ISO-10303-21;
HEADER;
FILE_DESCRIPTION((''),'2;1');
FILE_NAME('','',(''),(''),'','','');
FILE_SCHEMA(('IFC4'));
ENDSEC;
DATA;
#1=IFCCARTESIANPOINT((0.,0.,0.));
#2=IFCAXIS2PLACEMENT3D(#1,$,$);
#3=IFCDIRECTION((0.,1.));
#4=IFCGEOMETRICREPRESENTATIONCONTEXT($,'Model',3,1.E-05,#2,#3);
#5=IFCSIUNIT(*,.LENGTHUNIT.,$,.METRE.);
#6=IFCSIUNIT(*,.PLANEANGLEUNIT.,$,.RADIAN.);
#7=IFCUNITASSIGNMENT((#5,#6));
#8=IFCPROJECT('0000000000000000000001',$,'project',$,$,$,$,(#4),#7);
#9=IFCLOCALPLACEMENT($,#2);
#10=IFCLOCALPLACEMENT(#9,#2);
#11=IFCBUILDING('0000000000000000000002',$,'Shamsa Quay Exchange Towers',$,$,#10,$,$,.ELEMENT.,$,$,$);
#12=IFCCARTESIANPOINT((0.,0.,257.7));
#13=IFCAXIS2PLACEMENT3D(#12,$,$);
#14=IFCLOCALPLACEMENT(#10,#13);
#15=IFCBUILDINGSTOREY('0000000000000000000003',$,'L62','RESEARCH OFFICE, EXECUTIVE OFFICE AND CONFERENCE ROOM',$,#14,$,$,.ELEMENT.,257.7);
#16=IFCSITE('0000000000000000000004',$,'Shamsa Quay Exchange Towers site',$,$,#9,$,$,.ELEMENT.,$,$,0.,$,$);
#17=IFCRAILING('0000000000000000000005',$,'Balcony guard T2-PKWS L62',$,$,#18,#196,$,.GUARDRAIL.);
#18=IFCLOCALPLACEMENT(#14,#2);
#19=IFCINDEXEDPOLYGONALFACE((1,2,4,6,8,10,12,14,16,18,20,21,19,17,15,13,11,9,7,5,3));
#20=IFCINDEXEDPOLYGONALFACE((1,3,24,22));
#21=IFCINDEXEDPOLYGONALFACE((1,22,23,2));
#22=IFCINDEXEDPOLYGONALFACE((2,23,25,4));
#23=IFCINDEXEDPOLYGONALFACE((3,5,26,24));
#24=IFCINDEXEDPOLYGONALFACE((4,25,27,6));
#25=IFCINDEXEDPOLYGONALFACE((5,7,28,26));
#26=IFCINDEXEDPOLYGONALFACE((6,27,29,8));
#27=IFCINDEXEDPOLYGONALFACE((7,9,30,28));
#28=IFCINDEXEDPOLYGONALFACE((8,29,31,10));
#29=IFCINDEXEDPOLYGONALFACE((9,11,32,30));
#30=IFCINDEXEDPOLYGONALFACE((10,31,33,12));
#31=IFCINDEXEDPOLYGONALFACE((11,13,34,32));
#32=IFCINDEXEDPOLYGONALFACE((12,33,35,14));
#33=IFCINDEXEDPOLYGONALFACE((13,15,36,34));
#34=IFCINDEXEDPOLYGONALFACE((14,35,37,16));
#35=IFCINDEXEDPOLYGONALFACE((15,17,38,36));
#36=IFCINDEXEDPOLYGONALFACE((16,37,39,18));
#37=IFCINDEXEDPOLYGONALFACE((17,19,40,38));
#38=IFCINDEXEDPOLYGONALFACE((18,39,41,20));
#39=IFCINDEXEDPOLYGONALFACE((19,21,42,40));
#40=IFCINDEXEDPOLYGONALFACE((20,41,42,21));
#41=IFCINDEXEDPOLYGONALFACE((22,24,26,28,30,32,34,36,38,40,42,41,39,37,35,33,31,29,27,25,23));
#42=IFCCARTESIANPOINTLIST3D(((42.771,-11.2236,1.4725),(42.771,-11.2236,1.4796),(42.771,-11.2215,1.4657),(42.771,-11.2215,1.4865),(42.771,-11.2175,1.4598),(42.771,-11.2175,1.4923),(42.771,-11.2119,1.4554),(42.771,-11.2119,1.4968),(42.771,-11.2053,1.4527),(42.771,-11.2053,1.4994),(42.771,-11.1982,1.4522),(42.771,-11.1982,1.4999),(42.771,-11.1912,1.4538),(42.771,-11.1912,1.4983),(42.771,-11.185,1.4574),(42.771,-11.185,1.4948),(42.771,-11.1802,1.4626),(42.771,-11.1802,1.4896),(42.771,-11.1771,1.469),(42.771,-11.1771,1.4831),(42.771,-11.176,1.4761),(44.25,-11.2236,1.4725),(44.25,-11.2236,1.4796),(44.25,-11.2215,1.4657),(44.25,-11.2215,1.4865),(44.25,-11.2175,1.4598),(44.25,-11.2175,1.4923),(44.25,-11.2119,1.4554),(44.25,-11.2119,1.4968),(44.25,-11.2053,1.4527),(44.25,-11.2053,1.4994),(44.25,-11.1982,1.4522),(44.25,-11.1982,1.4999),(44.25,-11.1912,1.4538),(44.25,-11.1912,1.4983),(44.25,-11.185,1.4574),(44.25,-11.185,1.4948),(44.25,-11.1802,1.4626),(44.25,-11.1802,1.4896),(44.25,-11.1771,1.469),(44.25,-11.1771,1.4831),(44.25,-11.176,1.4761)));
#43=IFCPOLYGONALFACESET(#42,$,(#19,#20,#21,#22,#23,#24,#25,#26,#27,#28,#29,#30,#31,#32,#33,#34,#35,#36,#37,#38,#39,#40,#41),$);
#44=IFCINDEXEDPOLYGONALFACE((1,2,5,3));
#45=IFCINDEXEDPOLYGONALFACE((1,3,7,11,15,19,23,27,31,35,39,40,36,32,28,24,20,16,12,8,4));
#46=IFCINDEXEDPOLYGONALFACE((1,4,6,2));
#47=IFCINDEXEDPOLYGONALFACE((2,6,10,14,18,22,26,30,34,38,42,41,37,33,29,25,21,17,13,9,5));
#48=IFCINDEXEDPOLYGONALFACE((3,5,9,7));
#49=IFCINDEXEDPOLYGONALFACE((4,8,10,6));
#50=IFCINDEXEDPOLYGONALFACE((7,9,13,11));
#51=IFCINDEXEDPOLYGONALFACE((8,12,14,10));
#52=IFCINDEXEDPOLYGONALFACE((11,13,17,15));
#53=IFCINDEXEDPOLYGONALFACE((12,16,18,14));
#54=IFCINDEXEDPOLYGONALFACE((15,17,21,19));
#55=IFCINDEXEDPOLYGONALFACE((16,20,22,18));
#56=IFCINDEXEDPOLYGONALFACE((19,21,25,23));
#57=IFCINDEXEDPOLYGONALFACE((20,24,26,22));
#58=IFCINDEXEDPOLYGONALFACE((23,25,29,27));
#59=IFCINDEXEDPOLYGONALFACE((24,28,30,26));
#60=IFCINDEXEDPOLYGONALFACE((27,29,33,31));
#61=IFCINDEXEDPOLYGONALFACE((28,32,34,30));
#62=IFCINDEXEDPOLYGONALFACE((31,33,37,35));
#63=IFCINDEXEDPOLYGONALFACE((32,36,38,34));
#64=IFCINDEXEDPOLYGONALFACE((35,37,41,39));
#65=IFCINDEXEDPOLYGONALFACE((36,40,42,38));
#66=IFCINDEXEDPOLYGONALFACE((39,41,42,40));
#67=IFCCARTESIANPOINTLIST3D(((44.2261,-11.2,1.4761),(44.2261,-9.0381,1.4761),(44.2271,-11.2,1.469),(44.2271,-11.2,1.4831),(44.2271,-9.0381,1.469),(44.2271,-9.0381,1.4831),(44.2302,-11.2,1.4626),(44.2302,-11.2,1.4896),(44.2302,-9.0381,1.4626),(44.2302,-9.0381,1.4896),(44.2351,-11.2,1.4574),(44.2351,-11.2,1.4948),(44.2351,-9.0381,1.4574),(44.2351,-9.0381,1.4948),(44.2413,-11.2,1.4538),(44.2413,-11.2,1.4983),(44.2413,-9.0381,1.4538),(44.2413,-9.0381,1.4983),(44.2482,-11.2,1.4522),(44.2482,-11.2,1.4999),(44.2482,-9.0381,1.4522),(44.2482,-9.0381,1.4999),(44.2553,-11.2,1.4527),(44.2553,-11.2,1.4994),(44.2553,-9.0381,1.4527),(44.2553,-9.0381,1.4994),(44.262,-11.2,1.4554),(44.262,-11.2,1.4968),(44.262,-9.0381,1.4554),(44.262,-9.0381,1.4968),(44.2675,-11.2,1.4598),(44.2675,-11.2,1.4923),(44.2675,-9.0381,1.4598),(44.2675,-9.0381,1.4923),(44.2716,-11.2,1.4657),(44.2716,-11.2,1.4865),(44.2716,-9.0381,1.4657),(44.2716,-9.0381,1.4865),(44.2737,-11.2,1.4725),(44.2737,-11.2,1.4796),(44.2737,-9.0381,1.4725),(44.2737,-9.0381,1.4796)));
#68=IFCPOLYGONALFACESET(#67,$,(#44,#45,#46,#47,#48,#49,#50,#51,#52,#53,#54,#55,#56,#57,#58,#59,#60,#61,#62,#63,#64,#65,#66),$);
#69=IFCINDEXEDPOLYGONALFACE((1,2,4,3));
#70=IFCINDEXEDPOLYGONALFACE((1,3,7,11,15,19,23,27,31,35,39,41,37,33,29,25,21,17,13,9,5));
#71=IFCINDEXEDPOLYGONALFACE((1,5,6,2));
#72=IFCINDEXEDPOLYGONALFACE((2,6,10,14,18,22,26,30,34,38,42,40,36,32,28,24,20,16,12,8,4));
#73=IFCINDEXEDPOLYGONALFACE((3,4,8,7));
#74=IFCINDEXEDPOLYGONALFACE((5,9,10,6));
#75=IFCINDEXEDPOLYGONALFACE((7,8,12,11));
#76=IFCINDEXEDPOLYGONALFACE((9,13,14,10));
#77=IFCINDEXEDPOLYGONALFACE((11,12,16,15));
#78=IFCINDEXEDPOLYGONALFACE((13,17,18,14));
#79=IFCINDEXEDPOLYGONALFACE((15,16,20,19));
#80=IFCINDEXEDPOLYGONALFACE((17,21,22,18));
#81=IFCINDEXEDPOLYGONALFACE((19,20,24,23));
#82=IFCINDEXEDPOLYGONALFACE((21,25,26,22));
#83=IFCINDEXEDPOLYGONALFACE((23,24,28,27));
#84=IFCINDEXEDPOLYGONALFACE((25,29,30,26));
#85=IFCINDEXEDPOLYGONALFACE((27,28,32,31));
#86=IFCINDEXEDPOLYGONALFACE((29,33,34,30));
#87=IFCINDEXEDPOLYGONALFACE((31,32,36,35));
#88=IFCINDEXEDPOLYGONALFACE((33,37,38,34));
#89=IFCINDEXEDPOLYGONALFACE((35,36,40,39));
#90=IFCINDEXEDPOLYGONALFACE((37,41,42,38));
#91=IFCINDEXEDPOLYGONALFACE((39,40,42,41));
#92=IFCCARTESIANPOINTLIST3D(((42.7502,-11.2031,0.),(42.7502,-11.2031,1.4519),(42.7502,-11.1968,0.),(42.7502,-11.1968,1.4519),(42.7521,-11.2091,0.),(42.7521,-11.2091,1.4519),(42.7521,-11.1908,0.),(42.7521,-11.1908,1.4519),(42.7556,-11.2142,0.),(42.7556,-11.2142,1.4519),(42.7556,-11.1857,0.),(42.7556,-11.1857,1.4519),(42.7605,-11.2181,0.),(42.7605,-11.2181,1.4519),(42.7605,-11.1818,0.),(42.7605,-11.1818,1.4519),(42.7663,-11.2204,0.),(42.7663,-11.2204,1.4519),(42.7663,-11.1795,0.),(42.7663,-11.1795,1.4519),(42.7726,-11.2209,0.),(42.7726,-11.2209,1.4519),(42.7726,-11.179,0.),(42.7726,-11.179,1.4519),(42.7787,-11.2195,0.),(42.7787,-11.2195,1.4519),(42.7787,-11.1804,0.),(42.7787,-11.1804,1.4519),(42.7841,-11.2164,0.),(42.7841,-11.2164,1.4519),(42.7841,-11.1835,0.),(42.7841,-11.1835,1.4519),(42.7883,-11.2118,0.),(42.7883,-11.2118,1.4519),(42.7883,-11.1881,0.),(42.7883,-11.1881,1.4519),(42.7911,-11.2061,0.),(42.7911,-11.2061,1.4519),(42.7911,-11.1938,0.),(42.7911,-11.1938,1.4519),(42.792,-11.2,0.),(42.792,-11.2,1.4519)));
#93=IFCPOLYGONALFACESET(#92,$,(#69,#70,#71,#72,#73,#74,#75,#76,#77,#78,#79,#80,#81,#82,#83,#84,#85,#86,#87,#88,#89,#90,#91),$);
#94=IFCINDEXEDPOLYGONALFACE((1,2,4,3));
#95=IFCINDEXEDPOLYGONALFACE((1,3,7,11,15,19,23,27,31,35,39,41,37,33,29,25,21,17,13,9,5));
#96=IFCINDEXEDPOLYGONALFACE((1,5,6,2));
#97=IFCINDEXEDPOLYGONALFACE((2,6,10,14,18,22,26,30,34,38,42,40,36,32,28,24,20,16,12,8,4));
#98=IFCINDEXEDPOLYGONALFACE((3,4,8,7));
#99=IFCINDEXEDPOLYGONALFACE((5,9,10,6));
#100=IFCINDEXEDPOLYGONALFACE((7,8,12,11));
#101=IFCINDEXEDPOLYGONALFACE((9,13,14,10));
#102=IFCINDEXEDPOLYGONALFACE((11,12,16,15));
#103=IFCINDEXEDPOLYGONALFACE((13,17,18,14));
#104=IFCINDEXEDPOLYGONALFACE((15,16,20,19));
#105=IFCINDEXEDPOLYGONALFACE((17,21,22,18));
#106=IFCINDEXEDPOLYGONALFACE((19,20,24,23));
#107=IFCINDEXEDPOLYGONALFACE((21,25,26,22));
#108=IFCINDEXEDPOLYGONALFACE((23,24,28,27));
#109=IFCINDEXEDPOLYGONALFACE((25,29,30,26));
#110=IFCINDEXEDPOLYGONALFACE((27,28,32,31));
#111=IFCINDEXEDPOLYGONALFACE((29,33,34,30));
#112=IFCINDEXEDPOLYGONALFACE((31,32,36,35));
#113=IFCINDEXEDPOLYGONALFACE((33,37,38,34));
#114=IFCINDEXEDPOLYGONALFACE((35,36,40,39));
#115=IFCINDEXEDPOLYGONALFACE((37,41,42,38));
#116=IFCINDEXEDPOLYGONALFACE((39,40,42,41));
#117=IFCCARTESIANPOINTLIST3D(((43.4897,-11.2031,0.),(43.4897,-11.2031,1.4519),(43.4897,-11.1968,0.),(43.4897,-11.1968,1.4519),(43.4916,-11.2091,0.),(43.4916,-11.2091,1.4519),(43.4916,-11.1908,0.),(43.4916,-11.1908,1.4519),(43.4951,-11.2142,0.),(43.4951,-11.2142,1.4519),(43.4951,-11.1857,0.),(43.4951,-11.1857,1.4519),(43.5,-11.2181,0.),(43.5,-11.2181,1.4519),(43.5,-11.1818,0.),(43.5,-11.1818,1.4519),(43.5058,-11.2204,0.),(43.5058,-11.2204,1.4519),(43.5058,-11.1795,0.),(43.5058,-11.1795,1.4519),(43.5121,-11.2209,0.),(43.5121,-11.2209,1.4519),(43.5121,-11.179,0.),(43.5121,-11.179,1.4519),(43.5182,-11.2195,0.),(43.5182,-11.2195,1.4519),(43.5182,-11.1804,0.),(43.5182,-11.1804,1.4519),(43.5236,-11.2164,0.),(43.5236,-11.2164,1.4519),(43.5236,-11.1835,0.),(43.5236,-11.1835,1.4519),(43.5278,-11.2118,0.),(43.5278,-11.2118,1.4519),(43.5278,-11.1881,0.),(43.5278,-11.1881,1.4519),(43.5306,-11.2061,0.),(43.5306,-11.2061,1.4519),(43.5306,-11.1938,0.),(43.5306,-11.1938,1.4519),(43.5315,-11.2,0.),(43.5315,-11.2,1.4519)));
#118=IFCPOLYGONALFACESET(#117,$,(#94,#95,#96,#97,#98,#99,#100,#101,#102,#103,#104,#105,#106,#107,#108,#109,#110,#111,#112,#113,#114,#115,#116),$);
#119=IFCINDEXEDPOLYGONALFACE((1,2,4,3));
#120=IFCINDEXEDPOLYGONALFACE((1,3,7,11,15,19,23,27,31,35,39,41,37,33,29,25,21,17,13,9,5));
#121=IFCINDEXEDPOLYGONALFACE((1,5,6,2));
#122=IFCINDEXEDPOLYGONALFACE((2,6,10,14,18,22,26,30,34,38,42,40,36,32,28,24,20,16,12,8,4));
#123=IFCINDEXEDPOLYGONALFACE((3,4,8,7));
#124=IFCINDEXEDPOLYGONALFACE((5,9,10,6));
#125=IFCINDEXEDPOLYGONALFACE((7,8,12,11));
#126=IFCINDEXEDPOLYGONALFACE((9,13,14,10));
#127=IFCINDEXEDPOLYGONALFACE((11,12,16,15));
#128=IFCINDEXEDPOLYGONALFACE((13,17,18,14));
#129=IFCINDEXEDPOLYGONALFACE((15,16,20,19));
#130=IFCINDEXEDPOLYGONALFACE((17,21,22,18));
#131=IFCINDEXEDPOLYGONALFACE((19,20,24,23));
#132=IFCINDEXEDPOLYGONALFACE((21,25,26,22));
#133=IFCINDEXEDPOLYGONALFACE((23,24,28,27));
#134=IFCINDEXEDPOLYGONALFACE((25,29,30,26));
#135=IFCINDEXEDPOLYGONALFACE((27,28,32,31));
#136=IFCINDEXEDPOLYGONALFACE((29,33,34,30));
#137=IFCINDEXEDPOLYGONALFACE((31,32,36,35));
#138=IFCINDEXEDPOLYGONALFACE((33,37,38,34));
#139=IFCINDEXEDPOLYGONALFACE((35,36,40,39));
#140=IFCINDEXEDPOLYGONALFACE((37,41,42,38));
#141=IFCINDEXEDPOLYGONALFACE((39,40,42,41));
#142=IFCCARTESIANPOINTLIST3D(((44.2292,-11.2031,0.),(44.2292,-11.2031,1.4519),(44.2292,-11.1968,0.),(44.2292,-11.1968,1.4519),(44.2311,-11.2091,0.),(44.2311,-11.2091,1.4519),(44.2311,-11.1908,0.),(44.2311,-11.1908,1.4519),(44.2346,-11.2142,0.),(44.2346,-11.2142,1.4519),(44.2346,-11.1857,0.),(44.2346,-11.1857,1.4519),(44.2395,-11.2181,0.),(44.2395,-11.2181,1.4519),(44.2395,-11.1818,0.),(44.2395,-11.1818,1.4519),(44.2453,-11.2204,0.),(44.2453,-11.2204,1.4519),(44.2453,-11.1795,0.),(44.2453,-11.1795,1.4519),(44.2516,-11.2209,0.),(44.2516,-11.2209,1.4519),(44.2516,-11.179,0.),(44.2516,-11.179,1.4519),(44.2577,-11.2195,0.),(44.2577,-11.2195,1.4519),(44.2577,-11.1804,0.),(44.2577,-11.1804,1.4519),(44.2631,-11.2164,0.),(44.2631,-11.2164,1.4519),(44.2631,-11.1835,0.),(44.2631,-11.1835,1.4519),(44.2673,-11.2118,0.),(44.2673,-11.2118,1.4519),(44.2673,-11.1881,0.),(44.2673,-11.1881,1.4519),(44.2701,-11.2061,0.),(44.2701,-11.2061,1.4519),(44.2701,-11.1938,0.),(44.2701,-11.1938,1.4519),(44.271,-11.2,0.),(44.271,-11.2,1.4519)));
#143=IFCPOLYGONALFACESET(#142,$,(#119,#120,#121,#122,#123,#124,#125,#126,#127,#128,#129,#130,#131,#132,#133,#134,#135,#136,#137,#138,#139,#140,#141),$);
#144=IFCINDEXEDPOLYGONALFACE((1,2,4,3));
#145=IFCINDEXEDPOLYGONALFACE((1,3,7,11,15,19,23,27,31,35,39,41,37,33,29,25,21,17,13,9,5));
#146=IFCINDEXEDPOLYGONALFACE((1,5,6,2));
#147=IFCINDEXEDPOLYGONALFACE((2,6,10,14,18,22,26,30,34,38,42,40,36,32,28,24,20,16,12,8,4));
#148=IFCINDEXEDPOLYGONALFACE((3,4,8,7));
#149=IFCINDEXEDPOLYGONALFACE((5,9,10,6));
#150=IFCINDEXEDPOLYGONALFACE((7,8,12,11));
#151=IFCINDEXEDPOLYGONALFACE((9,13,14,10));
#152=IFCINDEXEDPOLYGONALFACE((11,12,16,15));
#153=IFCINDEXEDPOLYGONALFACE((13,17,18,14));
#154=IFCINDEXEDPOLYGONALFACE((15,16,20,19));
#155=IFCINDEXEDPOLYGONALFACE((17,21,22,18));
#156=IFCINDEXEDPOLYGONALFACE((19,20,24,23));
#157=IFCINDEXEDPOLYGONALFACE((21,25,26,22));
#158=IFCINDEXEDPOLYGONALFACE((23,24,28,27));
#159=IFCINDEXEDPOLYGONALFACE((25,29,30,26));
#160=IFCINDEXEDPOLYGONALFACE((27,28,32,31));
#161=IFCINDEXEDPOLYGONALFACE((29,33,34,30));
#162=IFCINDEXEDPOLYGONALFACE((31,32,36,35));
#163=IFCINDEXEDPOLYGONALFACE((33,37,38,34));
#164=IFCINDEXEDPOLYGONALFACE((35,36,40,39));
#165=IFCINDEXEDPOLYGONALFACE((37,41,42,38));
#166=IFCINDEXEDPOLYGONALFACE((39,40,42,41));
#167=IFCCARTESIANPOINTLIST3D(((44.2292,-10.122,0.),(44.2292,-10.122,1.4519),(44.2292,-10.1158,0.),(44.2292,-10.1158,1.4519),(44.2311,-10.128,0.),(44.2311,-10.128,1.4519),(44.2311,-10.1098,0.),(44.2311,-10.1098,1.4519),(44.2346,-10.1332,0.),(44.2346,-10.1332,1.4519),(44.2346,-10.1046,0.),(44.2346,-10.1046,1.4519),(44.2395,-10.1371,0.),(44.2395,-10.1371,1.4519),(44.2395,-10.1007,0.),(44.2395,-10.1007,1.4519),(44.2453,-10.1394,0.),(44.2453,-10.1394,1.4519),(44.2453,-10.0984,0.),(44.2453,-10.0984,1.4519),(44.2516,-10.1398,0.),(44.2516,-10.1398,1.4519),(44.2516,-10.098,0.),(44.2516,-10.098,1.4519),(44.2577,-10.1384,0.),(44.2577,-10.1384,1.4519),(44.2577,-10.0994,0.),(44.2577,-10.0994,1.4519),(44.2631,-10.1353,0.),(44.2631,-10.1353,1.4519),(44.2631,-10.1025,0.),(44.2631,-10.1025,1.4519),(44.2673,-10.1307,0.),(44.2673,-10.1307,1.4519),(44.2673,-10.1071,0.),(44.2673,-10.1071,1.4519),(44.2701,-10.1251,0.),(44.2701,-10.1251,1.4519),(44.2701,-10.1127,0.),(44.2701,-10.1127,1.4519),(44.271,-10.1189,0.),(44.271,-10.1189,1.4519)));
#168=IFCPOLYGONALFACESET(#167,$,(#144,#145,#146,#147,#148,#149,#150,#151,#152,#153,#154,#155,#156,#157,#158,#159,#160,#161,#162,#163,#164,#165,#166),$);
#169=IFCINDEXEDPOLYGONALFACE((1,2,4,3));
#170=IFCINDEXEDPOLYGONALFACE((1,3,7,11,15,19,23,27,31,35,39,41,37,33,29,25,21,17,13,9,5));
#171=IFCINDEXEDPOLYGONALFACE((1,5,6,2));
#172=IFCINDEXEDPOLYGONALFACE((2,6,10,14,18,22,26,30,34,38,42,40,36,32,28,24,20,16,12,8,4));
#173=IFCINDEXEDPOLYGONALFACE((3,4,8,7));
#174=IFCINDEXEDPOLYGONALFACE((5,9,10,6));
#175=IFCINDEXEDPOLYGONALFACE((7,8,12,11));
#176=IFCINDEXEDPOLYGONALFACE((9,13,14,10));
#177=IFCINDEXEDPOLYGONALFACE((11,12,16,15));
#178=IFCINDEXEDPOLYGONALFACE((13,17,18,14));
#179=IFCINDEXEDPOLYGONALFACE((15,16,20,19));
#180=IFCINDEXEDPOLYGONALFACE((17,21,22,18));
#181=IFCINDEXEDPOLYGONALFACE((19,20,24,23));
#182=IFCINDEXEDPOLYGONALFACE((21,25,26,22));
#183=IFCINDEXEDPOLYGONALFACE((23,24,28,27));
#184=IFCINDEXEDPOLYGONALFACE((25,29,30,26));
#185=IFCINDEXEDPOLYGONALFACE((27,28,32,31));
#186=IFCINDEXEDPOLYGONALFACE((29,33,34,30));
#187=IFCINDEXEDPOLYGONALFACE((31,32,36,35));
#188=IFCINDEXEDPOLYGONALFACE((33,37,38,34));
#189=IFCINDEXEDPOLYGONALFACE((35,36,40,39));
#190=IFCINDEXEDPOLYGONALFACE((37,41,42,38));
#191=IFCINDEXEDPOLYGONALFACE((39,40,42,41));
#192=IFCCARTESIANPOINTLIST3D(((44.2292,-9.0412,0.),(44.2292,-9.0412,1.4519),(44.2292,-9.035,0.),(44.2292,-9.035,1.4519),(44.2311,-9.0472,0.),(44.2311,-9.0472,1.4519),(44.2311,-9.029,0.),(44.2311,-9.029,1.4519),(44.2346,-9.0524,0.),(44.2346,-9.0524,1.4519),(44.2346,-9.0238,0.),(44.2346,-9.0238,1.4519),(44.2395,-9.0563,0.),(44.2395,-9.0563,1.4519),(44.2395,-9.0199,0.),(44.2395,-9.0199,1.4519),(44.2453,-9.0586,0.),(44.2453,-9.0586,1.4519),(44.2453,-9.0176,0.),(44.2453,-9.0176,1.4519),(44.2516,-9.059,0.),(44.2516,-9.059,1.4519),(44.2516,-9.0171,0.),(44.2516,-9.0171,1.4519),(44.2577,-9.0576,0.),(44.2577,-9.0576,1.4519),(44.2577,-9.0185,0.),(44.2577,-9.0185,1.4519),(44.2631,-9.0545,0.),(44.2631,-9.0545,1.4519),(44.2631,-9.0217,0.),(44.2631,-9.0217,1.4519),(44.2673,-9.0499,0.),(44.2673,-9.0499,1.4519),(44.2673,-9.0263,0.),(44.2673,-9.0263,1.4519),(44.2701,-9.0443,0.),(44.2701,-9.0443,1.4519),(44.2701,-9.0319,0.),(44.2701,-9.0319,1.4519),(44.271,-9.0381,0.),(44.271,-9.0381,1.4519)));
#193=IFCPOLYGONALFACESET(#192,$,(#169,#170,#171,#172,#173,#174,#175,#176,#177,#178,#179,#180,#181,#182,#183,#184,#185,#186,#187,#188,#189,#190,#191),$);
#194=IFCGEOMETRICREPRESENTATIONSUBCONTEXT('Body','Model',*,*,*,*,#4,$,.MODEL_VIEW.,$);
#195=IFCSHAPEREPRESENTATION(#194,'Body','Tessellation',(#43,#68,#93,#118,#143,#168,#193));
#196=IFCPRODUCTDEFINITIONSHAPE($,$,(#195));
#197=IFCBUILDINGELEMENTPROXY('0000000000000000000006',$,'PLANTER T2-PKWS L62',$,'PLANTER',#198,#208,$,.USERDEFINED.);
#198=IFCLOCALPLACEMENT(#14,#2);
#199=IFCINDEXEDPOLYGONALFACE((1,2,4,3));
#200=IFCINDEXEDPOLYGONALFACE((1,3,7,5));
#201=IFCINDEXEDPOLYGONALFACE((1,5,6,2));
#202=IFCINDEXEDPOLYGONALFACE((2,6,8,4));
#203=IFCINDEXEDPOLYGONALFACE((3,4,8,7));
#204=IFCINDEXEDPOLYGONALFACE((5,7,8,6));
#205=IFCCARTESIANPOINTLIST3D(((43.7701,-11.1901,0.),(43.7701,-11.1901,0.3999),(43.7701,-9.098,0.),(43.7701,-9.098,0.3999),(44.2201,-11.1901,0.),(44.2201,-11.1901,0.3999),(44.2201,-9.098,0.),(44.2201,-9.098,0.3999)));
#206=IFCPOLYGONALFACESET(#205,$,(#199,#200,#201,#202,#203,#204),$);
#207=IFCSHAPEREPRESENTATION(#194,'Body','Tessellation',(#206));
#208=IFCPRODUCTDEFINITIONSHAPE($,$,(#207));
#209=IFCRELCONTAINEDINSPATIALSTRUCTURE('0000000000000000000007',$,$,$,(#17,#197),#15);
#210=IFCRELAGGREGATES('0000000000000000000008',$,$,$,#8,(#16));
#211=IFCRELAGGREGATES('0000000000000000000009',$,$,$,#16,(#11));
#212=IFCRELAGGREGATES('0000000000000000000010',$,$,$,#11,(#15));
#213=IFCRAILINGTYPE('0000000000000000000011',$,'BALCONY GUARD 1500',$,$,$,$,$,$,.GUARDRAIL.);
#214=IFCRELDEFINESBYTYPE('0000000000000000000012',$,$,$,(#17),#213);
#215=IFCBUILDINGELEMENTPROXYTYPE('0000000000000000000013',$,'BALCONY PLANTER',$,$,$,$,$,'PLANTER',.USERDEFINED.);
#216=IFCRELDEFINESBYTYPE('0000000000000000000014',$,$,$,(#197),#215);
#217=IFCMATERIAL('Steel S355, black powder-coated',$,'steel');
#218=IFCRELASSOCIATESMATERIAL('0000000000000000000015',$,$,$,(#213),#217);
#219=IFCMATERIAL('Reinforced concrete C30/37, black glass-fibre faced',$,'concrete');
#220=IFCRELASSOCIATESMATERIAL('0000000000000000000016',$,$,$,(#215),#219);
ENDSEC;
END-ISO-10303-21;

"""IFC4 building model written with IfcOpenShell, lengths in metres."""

from ifc_helpers import new_model, si_unit, direction, frame, origin, origin_2d, place, context, subcontext, project, spatial, rectangle, circle, extrude, material, type_object, element, save


model = new_model("IFC4")

# Units and contexts
model_context = context("Model", 3, precision=1e-05, world=origin(), true_north=direction((0.0, 1.0)))
body_context = subcontext(model_context, "Body", "Model", "MODEL_VIEW")
ifc_project = project(units=[si_unit("LENGTHUNIT", "METRE"), si_unit("PLANEANGLEUNIT", "RADIAN")], contexts=[model_context])

# Site, building, storey
site_placement = place(None, origin())
site = spatial("IfcSite", under=ifc_project, at=site_placement, Name="Shamsa Quay Exchange Towers site", CompositionType="ELEMENT", RefElevation=0.0)
building_placement = place(site_placement, origin())
building = spatial("IfcBuilding", under=site, at=building_placement, Name="Shamsa Quay Exchange Towers", CompositionType="ELEMENT")
storey_placement = place(building_placement, frame((0.0, 0.0, 257.7)))
storey = spatial("IfcBuildingStorey", under=building, at=storey_placement, Name="L62", Description="RESEARCH OFFICE, EXECUTIVE OFFICE AND CONFERENCE ROOM", CompositionType="ELEMENT", Elevation=257.7)

# Railing
ifc_material_1 = material(Name="Steel S355, black powder-coated", Category="steel")
railing_type = type_object("IfcRailingType", Name="BALCONY GUARD 1500", PredefinedType="GUARDRAIL", material=ifc_material_1)
railing_placement = place(storey_placement, frame((42.771, -11.2, 0.0)))
element("IfcRailing", 1, at=railing_placement, inside=storey, type_object=railing_type, Name="Balcony guard T2-PKWS L62", PredefinedType="GUARDRAIL", context=body_context, shape_type="SweptSolid", body=[
    extrude(circle(Radius=0.0239, at=origin_2d()), frame((0.0, 0.0, 1.4761), z_axis=(1.0, 0.0, 0.0), x_axis=(0.0, 1.0, 0.0)), (0.0, 0.0, 1.0), 1.479),
    extrude(circle(Radius=0.0239, at=origin_2d()), frame((1.479, 0.0, 1.4761), z_axis=(0.0, 1.0, 0.0), x_axis=(-1.0, 0.0, 0.0)), (0.0, 0.0, 1.0), 2.1619),
    extrude(circle(Radius=0.021, at=origin_2d()), origin(), (0.0, 0.0, 1.0), 1.4519),
    extrude(circle(Radius=0.021, at=origin_2d()), frame((0.7395, 0.0, 0.0)), (0.0, 0.0, 1.0), 1.4519),
    extrude(circle(Radius=0.021, at=origin_2d()), frame((1.479, 0.0, 0.0)), (0.0, 0.0, 1.0), 1.4519),
    extrude(circle(Radius=0.021, at=origin_2d()), frame((1.479, 1.0811, 0.0)), (0.0, 0.0, 1.0), 1.4519),
    extrude(circle(Radius=0.021, at=origin_2d()), frame((1.479, 2.1619, 0.0)), (0.0, 0.0, 1.0), 1.4519),
])

# Building element proxy
ifc_material_2 = material(Name="Reinforced concrete C30/37, black glass-fibre faced", Category="concrete")
building_element_proxy_type = type_object("IfcBuildingElementProxyType", Name="BALCONY PLANTER", ElementType="PLANTER", PredefinedType="USERDEFINED", material=ifc_material_2)
proxy_placement = place(storey_placement, frame((43.9951, -10.144, 0.0), z_axis=(0.0, 0.0, 1.0), x_axis=(0.0, 1.0, 0.0)))
element("IfcBuildingElementProxy", 2, at=proxy_placement, inside=storey, type_object=building_element_proxy_type, Name="PLANTER T2-PKWS L62", ObjectType="PLANTER", PredefinedType="USERDEFINED", context=body_context, shape_type="SweptSolid", body=[
    extrude(rectangle(XDim=2.092, YDim=0.45, at=origin_2d()), origin(), (0.0, 0.0, 1.0), 0.3999),
])

save(model, "model.ifc")
